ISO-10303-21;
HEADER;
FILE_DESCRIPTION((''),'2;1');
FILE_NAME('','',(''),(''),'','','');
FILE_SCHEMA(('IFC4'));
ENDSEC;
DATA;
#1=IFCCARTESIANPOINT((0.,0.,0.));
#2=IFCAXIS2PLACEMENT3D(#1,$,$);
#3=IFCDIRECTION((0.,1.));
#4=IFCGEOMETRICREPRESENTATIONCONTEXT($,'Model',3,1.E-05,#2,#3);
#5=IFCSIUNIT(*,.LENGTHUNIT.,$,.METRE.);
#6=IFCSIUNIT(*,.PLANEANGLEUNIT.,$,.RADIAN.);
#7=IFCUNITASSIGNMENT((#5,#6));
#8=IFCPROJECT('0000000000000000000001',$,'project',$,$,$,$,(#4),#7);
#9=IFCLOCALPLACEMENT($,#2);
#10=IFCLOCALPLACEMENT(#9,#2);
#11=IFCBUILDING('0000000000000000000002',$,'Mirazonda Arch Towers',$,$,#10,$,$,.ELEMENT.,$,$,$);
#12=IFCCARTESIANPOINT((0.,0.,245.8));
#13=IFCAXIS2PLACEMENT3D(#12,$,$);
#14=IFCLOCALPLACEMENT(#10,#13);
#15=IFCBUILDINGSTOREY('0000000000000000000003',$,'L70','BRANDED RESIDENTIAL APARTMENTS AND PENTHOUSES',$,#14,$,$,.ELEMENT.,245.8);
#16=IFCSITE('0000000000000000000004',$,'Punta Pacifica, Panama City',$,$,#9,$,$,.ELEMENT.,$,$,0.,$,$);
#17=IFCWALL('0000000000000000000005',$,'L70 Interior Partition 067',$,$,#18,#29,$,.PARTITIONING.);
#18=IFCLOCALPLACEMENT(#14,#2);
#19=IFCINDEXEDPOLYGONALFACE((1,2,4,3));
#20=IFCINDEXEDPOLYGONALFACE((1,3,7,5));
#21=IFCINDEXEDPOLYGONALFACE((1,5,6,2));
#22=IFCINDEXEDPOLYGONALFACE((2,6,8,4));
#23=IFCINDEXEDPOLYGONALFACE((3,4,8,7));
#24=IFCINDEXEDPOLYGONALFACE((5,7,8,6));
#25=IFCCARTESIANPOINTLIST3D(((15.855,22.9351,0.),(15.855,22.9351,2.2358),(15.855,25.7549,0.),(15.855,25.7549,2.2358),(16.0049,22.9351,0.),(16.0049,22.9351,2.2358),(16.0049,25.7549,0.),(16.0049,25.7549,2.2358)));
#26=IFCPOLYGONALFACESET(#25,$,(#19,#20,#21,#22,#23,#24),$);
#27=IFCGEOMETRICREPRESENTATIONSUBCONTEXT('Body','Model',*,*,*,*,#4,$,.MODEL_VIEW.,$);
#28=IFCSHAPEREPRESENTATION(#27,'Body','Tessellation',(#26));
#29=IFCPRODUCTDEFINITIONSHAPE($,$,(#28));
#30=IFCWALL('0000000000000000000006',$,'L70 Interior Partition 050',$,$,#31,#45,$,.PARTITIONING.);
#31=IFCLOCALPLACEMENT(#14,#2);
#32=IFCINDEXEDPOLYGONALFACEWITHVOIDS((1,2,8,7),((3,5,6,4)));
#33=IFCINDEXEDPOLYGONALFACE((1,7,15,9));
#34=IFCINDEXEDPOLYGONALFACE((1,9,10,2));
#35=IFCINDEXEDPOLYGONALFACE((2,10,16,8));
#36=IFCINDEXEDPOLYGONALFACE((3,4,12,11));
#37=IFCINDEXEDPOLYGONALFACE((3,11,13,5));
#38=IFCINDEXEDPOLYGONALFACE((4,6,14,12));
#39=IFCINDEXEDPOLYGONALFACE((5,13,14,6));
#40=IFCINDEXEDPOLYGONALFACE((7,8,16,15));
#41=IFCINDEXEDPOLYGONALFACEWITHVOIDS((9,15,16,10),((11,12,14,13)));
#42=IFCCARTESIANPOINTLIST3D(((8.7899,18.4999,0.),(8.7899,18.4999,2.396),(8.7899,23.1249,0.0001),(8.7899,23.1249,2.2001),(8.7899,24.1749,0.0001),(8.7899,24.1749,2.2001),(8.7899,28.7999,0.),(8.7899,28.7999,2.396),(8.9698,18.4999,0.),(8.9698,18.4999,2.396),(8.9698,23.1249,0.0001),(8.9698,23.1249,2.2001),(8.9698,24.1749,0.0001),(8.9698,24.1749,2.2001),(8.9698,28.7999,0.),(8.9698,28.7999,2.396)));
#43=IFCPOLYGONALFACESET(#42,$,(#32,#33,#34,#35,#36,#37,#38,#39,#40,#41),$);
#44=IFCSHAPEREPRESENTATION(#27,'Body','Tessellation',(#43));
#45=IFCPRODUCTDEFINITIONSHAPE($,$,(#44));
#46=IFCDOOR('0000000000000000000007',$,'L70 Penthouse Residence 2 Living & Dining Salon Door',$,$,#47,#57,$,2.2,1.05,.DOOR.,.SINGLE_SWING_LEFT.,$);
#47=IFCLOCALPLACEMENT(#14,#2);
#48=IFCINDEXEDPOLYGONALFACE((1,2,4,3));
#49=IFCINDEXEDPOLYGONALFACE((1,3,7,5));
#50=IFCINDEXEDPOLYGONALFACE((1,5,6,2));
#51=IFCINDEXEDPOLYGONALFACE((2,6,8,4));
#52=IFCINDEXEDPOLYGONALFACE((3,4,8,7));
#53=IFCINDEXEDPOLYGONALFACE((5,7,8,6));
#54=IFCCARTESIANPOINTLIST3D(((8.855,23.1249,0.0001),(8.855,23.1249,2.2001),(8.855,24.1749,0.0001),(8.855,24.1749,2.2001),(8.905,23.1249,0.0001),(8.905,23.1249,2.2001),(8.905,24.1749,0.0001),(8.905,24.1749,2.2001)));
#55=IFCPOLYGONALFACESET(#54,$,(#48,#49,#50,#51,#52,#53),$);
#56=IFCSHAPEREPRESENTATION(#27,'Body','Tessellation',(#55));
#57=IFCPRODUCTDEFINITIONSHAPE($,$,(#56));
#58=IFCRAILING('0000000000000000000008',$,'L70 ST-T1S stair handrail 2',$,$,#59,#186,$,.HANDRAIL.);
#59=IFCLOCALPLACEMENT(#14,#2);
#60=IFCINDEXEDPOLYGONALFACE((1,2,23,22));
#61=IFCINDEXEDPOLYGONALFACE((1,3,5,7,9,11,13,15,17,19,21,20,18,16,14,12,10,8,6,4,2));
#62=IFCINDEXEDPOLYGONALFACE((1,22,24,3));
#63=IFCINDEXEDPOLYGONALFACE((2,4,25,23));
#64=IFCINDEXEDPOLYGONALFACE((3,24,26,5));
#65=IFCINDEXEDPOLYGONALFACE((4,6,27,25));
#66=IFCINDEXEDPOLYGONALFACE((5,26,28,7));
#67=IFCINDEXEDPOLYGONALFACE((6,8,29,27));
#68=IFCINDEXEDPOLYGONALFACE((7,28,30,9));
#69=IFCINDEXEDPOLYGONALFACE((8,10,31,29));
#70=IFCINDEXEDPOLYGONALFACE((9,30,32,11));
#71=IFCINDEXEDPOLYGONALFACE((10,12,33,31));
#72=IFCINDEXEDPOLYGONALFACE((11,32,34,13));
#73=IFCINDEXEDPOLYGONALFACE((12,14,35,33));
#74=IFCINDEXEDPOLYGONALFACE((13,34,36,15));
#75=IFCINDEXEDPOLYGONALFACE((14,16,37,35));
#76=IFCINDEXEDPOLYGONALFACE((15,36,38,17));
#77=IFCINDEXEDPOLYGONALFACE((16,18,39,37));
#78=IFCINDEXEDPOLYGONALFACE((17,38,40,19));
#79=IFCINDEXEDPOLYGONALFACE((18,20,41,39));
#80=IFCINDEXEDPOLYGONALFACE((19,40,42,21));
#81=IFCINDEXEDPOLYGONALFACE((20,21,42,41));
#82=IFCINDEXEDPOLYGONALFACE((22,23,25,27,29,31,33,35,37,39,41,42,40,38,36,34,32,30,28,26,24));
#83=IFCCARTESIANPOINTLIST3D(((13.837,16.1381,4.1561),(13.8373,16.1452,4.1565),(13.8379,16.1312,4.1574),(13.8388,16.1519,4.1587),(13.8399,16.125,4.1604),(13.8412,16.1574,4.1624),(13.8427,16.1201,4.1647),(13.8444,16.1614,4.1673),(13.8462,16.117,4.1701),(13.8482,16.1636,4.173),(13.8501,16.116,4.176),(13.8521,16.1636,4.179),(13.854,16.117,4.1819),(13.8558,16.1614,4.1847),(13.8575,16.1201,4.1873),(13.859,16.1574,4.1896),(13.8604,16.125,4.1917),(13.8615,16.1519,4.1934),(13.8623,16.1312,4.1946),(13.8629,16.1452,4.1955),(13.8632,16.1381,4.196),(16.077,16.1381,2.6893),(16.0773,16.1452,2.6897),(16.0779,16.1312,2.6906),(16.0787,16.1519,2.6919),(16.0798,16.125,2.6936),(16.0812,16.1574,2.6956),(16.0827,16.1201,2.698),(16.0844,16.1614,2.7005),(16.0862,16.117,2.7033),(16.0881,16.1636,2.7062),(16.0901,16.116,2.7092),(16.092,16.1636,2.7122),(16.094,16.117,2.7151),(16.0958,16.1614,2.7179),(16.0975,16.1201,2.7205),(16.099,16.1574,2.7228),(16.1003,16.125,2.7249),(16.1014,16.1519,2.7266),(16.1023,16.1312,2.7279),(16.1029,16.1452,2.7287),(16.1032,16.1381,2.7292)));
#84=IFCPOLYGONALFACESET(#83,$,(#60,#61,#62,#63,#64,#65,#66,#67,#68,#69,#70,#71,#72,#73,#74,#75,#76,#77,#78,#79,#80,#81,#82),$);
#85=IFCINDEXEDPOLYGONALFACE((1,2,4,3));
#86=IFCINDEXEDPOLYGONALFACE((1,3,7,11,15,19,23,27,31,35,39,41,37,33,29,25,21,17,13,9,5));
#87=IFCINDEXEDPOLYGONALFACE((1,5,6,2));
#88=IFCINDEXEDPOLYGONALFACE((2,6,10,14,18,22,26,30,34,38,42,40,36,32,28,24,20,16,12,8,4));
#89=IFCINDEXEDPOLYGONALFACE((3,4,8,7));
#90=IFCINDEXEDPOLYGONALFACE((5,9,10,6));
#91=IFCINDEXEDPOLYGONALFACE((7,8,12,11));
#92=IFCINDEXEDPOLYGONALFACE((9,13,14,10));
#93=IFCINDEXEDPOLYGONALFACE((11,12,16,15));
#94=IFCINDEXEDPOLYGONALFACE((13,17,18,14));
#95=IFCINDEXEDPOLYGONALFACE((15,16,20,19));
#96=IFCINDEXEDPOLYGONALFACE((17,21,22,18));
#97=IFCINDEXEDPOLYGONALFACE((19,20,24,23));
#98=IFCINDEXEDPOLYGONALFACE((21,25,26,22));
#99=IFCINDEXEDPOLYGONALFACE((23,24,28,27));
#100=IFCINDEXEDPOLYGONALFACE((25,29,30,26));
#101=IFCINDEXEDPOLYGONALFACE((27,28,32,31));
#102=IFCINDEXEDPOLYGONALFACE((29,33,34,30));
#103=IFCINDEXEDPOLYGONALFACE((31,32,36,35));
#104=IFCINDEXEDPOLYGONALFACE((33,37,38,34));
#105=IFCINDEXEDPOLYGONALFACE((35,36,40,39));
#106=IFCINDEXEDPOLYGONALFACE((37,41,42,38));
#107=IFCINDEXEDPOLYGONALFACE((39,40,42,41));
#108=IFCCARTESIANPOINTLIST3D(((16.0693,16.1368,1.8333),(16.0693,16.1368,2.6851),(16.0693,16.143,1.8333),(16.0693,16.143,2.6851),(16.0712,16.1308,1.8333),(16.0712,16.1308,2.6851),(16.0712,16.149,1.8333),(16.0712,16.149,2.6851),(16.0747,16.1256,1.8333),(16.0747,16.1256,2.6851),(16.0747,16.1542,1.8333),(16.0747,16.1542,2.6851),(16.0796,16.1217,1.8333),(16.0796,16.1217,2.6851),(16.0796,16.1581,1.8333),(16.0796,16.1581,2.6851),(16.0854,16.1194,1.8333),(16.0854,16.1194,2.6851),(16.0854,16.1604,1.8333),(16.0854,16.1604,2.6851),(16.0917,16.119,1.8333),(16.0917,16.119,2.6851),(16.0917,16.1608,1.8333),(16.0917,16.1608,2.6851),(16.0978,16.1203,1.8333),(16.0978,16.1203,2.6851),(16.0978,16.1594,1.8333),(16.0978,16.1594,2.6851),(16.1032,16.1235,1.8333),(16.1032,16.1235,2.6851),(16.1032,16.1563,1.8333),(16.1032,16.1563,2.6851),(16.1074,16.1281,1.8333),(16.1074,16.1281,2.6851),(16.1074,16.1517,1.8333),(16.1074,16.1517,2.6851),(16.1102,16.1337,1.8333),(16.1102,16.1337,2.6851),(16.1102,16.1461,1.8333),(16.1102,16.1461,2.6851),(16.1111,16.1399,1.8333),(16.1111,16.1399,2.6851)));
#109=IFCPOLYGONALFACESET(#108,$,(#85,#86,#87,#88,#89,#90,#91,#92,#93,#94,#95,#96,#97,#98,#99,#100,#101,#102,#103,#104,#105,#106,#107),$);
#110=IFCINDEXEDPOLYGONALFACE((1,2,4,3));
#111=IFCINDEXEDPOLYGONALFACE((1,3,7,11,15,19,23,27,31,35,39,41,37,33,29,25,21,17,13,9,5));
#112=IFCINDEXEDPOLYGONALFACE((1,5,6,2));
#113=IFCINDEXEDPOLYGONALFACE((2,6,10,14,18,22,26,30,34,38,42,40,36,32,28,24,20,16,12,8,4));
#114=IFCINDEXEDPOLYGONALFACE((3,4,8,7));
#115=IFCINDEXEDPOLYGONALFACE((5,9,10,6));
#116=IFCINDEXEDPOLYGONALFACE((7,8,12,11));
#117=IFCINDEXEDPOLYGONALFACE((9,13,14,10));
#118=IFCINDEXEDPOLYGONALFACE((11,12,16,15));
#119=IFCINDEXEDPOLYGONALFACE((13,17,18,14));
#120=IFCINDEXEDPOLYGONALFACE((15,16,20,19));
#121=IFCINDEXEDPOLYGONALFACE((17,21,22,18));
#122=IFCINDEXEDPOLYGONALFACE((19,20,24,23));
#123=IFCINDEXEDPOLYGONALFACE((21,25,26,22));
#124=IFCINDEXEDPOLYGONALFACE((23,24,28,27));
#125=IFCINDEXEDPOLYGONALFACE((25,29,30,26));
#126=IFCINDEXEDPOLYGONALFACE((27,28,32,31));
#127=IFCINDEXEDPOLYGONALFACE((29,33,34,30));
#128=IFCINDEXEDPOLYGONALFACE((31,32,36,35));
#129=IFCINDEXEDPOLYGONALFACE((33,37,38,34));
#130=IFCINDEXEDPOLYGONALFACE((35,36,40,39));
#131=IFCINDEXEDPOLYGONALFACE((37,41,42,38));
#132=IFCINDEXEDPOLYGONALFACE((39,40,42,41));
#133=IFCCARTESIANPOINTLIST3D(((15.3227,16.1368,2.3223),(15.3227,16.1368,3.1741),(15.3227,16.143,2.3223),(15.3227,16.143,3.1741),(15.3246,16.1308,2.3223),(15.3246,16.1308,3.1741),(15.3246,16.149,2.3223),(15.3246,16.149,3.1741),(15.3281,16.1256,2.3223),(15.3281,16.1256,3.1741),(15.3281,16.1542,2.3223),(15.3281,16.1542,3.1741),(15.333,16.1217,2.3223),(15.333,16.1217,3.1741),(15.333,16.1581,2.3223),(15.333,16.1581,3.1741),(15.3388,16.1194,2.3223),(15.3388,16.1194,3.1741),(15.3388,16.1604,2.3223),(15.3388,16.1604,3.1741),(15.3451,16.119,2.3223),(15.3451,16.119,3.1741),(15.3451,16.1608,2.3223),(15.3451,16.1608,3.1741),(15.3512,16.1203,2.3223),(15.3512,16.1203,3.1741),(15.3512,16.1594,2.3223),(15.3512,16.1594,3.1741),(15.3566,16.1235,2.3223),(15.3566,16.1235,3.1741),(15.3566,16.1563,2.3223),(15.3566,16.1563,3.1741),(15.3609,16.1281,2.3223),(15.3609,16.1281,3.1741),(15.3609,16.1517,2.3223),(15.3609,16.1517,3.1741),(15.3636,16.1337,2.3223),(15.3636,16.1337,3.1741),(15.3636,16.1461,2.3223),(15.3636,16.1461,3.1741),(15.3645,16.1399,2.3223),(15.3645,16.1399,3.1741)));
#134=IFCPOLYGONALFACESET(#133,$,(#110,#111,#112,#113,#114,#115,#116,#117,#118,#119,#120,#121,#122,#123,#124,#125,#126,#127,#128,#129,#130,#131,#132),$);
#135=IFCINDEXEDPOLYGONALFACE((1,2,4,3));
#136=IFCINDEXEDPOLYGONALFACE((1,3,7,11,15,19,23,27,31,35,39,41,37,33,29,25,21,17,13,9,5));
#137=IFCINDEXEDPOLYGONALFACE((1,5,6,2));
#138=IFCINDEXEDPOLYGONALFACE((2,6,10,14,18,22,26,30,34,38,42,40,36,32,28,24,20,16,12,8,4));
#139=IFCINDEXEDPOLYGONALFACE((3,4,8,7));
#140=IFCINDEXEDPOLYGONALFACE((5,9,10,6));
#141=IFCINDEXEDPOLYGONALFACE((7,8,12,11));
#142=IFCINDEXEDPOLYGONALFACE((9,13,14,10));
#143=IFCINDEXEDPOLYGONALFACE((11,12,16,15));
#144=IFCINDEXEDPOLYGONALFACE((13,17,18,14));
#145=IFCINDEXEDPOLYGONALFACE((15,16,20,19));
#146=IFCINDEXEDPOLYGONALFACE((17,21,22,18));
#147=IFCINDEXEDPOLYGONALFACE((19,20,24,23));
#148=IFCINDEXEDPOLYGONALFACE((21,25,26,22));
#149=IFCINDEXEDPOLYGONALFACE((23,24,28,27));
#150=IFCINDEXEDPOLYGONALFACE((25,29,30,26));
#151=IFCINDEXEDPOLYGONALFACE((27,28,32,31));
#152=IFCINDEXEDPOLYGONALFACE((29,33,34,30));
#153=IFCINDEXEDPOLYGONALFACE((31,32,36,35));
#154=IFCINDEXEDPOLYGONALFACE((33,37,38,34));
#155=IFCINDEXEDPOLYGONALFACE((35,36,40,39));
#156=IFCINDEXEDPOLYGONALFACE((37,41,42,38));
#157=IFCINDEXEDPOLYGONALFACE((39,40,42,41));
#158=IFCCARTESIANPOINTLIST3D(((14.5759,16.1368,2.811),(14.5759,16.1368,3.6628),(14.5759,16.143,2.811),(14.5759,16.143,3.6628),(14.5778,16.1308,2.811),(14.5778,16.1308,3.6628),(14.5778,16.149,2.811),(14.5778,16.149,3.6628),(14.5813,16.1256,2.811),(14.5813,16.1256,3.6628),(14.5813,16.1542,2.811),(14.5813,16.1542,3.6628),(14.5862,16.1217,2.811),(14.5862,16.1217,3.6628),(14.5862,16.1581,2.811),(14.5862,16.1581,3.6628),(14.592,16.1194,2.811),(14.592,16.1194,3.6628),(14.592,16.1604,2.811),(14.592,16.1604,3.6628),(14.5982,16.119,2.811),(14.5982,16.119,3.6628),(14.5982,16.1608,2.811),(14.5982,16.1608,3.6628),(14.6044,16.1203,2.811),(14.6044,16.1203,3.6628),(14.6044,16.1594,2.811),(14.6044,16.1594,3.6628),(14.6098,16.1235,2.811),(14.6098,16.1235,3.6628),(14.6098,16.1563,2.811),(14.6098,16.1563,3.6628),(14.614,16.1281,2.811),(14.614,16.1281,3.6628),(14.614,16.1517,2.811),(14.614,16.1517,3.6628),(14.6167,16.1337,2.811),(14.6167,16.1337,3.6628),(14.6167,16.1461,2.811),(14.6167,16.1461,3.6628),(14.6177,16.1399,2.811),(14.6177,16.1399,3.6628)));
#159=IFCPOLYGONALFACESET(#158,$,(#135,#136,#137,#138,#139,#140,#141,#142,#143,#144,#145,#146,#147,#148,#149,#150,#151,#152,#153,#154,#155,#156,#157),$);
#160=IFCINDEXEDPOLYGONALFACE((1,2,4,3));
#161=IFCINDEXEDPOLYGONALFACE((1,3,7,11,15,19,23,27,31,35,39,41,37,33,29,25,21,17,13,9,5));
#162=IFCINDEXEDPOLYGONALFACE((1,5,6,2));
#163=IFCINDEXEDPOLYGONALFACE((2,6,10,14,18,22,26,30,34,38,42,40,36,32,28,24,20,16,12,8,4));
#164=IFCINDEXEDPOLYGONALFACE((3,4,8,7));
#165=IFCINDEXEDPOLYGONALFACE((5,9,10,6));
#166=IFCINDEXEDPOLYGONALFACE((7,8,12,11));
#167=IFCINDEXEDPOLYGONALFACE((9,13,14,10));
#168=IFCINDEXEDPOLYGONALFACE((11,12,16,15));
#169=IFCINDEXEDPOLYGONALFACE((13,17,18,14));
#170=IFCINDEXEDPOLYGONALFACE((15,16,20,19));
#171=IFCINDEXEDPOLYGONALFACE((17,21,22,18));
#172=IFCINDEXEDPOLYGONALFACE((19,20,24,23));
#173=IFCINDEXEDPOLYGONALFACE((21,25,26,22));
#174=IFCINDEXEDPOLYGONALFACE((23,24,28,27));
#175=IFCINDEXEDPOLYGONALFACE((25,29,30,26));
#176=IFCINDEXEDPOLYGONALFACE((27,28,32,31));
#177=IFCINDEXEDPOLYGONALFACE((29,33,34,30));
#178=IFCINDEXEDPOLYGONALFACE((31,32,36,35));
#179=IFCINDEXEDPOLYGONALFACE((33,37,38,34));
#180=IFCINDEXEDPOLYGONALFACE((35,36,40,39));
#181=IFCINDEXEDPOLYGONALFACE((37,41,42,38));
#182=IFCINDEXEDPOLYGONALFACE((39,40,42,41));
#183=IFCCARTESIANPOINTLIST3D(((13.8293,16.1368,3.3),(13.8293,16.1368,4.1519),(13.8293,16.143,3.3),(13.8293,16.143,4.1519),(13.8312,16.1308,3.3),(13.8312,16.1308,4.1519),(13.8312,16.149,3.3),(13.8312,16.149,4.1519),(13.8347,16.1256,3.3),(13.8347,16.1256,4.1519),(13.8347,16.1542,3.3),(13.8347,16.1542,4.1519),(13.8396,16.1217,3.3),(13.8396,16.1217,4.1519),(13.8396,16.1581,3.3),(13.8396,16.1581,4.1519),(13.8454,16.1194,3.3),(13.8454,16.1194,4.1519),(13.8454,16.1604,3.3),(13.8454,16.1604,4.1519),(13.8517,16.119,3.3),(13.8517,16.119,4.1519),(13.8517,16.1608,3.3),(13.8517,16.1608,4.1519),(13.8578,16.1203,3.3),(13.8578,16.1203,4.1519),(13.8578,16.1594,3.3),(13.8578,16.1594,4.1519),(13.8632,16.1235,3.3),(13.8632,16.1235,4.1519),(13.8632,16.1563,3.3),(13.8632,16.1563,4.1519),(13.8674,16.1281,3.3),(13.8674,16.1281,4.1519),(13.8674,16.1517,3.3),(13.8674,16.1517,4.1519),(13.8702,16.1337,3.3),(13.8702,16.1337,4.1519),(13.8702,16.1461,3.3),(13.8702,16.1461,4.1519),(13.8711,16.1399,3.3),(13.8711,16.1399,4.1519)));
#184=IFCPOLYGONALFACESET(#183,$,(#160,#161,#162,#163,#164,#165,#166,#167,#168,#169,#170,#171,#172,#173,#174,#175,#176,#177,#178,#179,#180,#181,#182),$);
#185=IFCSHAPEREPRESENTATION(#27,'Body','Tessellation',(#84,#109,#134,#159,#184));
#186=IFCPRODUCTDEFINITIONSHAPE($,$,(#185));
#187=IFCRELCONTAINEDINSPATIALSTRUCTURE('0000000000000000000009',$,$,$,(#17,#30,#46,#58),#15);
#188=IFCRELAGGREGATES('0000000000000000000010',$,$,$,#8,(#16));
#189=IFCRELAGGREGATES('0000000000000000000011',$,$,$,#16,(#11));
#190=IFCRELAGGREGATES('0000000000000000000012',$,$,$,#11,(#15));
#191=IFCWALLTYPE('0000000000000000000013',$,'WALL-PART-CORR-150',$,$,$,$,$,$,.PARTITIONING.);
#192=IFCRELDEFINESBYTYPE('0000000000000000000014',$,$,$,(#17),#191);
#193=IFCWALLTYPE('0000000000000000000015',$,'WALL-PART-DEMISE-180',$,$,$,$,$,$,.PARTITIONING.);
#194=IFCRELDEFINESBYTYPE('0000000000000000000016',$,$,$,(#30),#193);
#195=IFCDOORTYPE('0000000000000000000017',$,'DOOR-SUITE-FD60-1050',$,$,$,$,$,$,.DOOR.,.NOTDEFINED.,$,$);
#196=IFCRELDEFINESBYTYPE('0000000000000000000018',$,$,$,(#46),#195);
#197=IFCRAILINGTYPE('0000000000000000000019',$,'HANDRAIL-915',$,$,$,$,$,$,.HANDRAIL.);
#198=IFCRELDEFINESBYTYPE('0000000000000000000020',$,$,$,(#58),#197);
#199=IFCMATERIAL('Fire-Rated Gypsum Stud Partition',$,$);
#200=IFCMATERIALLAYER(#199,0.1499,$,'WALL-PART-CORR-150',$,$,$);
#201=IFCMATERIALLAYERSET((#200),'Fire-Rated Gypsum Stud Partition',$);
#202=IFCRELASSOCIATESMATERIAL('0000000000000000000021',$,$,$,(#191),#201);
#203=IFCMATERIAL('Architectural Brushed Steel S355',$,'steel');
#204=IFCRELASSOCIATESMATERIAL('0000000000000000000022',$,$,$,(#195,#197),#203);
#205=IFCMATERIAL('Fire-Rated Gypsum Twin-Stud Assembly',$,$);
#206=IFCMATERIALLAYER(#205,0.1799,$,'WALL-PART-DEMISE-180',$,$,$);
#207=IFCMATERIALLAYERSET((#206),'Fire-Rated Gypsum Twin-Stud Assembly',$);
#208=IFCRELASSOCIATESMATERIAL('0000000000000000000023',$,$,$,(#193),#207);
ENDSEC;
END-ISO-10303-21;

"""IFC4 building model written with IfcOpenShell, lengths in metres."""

from ifc_helpers import new_model, si_unit, direction, frame, frame_2d, origin, origin_2d, place, context, subcontext, project, spatial, rectangle, circle, extrude, material, layer, layer_set, type_object, element, fill, save


model = new_model("IFC4")

# Units and contexts
model_context = context("Model", 3, precision=1e-05, world=origin(), true_north=direction((0.0, 1.0)))
body_context = subcontext(model_context, "Body", "Model", "MODEL_VIEW")
ifc_project = project(units=[si_unit("LENGTHUNIT", "METRE"), si_unit("PLANEANGLEUNIT", "RADIAN")], contexts=[model_context])

# Site, building, storey
site_placement = place(None, origin())
site = spatial("IfcSite", under=ifc_project, at=site_placement, Name="Punta Pacifica, Panama City", CompositionType="ELEMENT", RefElevation=0.0)
building_placement = place(site_placement, origin())
building = spatial("IfcBuilding", under=site, at=building_placement, Name="Mirazonda Arch Towers", CompositionType="ELEMENT")
storey_placement = place(building_placement, frame((0.0, 0.0, 245.8)))
storey = spatial("IfcBuildingStorey", under=building, at=storey_placement, Name="L70", Description="BRANDED RESIDENTIAL APARTMENTS AND PENTHOUSES", CompositionType="ELEMENT", Elevation=245.8)

# Shared definitions
ifc_material_1 = material(Name="Architectural Brushed Steel S355", Category="steel")

# Shared definitions
ifc_material_2 = material(Name="Fire-Rated Gypsum Stud Partition")
ifc_layer_1 = layer(ifc_material_2, 0.1499, Name="WALL-PART-CORR-150")
ifc_layer_set_1 = layer_set([ifc_layer_1], Name="Fire-Rated Gypsum Stud Partition")
wall_type_1 = type_object("IfcWallType", Name="WALL-PART-CORR-150", PredefinedType="PARTITIONING", material=ifc_layer_set_1)

# Shared definitions
door_type_1 = type_object("IfcDoorType", Name="DOOR-SUITE-FD60-1050", OperationType="NOTDEFINED", PredefinedType="DOOR", material=ifc_material_1)

# Wall
wall_1_placement = place(storey_placement, frame((15.9299, 22.9351, 0.0), z_axis=(0.0, 0.0, 1.0), x_axis=(0.0, 1.0, 0.0)))
element("IfcWall", 1, at=wall_1_placement, inside=storey, type_object=wall_type_1, Name="L70 Interior Partition 067", PredefinedType="PARTITIONING", context=body_context, shape_type="SweptSolid", body=[
    extrude(rectangle(XDim=2.8198, YDim=0.1499, at=frame_2d((1.4099, 0.0))), origin(), (0.0, 0.0, 1.0), 2.2358),
])

# Wall, opening, door
ifc_material_3 = material(Name="Fire-Rated Gypsum Twin-Stud Assembly")
ifc_layer_2 = layer(ifc_material_3, 0.1799, Name="WALL-PART-DEMISE-180")
ifc_layer_set_2 = layer_set([ifc_layer_2], Name="Fire-Rated Gypsum Twin-Stud Assembly")
wall_type_2 = type_object("IfcWallType", Name="WALL-PART-DEMISE-180", PredefinedType="PARTITIONING", material=ifc_layer_set_2)
wall_2_placement = place(storey_placement, frame((8.8799, 18.5, 0.0), z_axis=(0.0, 0.0, 1.0), x_axis=(0.0, 1.0, 0.0)))
wall_2 = element("IfcWall", 2, at=wall_2_placement, inside=storey, type_object=wall_type_2, Name="L70 Interior Partition 050", PredefinedType="PARTITIONING", context=body_context, shape_type="SweptSolid", body=[
    extrude(rectangle(XDim=10.3, YDim=0.1799, at=frame_2d((5.1499, 0.0))), origin(), (0.0, 0.0, 1.0), 2.396),
])
opening_1_placement = place(wall_2_placement, frame((4.625, 0.0, 0.0)))
opening_1 = element("IfcOpeningElement", 3, at=opening_1_placement, cuts=wall_2, PredefinedType="OPENING", context=body_context, shape_type="SweptSolid", body=[
    extrude(rectangle(XDim=1.05, YDim=2.2, at=frame_2d((0.5249, 1.1001))), frame((0.0, 0.0999, 0.0), z_axis=(0.0, -1.0, 0.0), x_axis=(1.0, 0.0, 0.0)), (0.0, 0.0, 1.0), 0.2),
])
door_1_placement = place(opening_1_placement, origin())
door_1 = element("IfcDoor", 4, at=door_1_placement, inside=storey, type_object=door_type_1, Name="L70 Penthouse Residence 2 Living & Dining Salon Door", OperationType="SINGLE_SWING_LEFT", OverallHeight=2.2, OverallWidth=1.05, PredefinedType="DOOR", context=body_context, shape_type="SweptSolid", body=[
    extrude(rectangle(XDim=1.05, YDim=2.2, at=frame_2d((0.5249, 1.1001))), frame((0.0, 0.0249, 0.0), z_axis=(0.0, -1.0, 0.0), x_axis=(1.0, 0.0, 0.0)), (0.0, 0.0, 1.0), 0.05),
])
fill(opening_1, door_1)

# Railing
railing_type = type_object("IfcRailingType", Name="HANDRAIL-915", PredefinedType="HANDRAIL", material=ifc_material_1)
railing_placement = place(storey_placement, frame((16.0901, 16.1399, 1.8333)))
element("IfcRailing", 5, at=railing_placement, inside=storey, type_object=railing_type, Name="L70 ST-T1S stair handrail 2", PredefinedType="HANDRAIL", context=body_context, shape_type="SweptSolid", body=[
    extrude(circle(Radius=0.0239, at=origin_2d()), frame((0.0, 0.0, 0.876), z_axis=(-0.836595, 0.0, 0.547822), x_axis=(0.0, -1.0, 0.0)), (0.0, 0.0, 1.0), 2.6775),
    extrude(circle(Radius=0.021, at=origin_2d()), origin(), (0.0, 0.0, 1.0), 0.8518),
    extrude(circle(Radius=0.021, at=origin_2d()), frame((-0.7466, 0.0, 0.489)), (0.0, 0.0, 1.0), 0.8518),
    extrude(circle(Radius=0.021, at=origin_2d()), frame((-1.4934, 0.0, 0.9778)), (0.0, 0.0, 1.0), 0.8518),
    extrude(circle(Radius=0.021, at=origin_2d()), frame((-2.24, 0.0, 1.4668)), (0.0, 0.0, 1.0), 0.8518),
])

save(model, "model.ifc")
